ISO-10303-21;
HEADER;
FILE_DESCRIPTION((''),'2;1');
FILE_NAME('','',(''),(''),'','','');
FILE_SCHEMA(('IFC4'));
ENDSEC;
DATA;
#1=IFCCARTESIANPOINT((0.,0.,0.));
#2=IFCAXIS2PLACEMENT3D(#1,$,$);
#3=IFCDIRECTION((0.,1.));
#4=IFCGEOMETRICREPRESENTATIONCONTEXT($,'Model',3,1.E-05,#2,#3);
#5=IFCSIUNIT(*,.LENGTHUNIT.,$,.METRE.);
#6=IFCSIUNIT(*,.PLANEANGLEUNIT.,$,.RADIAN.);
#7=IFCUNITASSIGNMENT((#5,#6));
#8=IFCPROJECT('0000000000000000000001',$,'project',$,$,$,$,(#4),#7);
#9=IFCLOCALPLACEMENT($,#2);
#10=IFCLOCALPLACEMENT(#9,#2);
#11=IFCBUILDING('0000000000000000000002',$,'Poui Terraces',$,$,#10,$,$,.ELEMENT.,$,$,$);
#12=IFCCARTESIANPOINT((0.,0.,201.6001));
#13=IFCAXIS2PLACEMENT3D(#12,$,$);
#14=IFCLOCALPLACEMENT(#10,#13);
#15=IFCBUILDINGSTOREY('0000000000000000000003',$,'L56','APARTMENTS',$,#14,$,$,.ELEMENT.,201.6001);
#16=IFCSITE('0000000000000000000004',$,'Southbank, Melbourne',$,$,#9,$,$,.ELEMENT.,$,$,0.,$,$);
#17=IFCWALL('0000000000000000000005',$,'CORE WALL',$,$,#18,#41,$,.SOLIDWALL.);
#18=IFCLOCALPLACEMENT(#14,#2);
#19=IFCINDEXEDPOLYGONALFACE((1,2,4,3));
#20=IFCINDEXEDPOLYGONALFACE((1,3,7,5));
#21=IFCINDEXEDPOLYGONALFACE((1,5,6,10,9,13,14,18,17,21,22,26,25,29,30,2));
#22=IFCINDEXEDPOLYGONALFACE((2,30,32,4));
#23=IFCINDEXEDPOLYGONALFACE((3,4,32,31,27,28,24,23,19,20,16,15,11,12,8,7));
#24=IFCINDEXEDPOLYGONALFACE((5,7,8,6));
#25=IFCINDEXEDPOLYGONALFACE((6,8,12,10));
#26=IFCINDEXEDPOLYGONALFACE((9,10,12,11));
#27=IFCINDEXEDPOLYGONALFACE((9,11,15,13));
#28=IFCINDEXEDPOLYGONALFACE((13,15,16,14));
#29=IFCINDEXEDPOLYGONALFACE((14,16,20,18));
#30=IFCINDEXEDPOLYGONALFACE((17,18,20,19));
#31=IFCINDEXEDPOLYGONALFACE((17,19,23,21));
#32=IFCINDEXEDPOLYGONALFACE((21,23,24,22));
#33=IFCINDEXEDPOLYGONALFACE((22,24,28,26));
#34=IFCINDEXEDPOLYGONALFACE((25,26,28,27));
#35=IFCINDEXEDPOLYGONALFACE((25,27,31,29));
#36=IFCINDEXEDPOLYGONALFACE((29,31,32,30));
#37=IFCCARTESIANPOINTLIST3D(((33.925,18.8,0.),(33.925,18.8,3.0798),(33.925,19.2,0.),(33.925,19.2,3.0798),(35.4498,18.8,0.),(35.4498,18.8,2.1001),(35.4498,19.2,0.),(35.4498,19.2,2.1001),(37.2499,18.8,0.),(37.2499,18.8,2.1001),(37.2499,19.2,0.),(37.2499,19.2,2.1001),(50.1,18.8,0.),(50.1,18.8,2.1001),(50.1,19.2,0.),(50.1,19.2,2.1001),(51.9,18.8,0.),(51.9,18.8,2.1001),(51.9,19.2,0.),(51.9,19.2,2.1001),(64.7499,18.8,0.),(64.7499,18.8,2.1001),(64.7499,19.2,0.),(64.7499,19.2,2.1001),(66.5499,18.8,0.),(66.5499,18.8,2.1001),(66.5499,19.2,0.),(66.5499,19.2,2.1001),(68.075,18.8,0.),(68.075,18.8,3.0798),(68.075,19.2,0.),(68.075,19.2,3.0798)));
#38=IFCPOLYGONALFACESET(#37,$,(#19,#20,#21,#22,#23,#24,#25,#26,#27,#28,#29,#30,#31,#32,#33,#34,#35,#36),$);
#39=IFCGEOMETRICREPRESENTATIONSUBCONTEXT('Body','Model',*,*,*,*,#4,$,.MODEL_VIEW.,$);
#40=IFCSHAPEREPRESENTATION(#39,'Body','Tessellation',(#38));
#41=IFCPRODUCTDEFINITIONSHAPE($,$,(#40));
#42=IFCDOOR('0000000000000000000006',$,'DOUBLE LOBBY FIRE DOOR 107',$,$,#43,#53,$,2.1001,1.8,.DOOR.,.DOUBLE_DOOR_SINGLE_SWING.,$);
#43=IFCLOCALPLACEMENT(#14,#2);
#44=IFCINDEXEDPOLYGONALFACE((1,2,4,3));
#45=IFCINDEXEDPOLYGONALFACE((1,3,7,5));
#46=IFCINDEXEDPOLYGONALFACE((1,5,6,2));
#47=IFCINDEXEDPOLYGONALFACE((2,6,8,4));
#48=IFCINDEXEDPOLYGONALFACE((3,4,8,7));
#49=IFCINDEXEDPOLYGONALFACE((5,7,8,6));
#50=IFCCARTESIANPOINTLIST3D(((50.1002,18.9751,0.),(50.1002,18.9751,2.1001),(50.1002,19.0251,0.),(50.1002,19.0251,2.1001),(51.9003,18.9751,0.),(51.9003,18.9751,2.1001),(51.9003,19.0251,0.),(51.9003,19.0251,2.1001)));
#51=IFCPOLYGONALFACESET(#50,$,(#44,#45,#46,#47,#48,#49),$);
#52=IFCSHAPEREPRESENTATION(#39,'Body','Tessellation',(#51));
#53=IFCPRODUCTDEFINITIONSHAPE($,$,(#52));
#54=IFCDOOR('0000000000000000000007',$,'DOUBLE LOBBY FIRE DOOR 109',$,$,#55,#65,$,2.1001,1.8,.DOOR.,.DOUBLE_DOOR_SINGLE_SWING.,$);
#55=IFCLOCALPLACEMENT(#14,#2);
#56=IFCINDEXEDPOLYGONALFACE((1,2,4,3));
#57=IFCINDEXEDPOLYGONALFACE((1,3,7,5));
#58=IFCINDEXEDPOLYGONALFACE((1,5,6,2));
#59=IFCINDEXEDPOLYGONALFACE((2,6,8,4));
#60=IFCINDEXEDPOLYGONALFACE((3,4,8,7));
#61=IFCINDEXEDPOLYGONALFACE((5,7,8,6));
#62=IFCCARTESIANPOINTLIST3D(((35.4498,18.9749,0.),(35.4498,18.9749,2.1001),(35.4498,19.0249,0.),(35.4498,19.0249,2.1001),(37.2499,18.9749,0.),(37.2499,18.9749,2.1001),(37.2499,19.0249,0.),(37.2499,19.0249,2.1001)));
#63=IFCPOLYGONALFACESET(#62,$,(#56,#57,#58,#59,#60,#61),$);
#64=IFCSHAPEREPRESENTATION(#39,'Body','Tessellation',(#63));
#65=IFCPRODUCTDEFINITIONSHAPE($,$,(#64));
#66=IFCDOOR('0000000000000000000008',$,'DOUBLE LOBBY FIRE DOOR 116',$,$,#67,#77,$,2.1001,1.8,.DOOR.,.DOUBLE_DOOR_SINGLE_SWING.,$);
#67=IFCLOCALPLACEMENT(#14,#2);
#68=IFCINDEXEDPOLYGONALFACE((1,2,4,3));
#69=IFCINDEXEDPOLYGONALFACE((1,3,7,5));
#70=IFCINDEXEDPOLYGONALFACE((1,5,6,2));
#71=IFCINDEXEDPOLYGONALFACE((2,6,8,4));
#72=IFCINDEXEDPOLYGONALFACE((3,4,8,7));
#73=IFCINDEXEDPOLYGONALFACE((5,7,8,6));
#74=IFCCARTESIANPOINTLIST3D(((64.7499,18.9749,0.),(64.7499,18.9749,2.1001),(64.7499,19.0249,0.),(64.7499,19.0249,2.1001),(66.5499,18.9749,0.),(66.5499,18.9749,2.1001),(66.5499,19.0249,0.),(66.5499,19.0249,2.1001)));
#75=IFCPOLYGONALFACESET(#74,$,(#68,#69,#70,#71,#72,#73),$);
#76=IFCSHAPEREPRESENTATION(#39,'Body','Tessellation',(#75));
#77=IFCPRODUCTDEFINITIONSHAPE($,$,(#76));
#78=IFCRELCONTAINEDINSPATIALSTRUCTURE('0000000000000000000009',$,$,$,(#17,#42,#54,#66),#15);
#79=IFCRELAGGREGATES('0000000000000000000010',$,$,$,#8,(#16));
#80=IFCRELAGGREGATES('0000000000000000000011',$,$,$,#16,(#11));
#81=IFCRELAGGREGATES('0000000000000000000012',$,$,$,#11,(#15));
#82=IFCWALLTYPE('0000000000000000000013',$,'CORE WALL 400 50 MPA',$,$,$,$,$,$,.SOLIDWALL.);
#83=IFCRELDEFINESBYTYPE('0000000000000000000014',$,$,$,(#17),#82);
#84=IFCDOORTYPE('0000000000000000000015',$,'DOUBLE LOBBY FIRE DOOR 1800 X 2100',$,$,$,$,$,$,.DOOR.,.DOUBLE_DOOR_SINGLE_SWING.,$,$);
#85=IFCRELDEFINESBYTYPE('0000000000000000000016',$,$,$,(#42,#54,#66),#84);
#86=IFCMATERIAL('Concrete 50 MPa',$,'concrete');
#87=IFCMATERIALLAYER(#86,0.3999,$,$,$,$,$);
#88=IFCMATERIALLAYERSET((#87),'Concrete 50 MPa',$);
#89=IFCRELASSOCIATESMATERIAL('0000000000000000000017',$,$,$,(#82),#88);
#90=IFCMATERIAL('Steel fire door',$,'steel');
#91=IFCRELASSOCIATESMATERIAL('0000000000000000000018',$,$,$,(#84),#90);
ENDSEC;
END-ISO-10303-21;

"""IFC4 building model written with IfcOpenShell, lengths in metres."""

from ifc_helpers import new_model, si_unit, direction, frame, frame_2d, origin, place, context, subcontext, project, spatial, rectangle, extrude, material, layer, layer_set, type_object, element, fill, save


model = new_model("IFC4")

# Units and contexts
model_context = context("Model", 3, precision=1e-05, world=origin(), true_north=direction((0.0, 1.0)))
body_context = subcontext(model_context, "Body", "Model", "MODEL_VIEW")
ifc_project = project(units=[si_unit("LENGTHUNIT", "METRE"), si_unit("PLANEANGLEUNIT", "RADIAN")], contexts=[model_context])

# Site, building, storey
site_placement = place(None, origin())
site = spatial("IfcSite", under=ifc_project, at=site_placement, Name="Southbank, Melbourne", CompositionType="ELEMENT", RefElevation=0.0)
building_placement = place(site_placement, origin())
building = spatial("IfcBuilding", under=site, at=building_placement, Name="Poui Terraces", CompositionType="ELEMENT")
storey_placement = place(building_placement, frame((0.0, 0.0, 201.6001)))
storey = spatial("IfcBuildingStorey", under=building, at=storey_placement, Name="L56", Description="APARTMENTS", CompositionType="ELEMENT", Elevation=201.6001)

# Wall, openings, doors
ifc_material_1 = material(Name="Concrete 50 MPa", Category="concrete")
ifc_layer_1 = layer(ifc_material_1, 0.3999)
ifc_layer_set_1 = layer_set([ifc_layer_1], Name="Concrete 50 MPa")
wall_type_1 = type_object("IfcWallType", Name="CORE WALL 400 50 MPA", PredefinedType="SOLIDWALL", material=ifc_layer_set_1)
wall_1_placement = place(storey_placement, frame((33.925, 19.0, 0.0), z_axis=(0.0, 0.0, 1.0), x_axis=(1.0, 0.0, 0.0)))
wall_1 = element("IfcWall", 1, at=wall_1_placement, inside=storey, type_object=wall_type_1, Name="CORE WALL", PredefinedType="SOLIDWALL", context=body_context, shape_type="SweptSolid", body=[
    extrude(rectangle(XDim=34.1499, YDim=0.3999, at=frame_2d((17.075, 0.0))), origin(), (0.0, 0.0, 1.0), 3.0798),
])
opening_1_placement = place(wall_1_placement, frame((16.175, 0.0, 0.0)))
opening_1 = element("IfcOpeningElement", 2, at=opening_1_placement, cuts=wall_1, PredefinedType="OPENING", context=body_context, shape_type="SweptSolid", body=[
    extrude(rectangle(XDim=1.8, YDim=2.1001, at=frame_2d((0.8999, 1.05))), frame((0.0, 0.21, 0.0), z_axis=(0.0, -1.0, 0.0), x_axis=(1.0, 0.0, 0.0)), (0.0, 0.0, 1.0), 0.4199),
])
opening_2_placement = place(wall_1_placement, frame((1.5249, 0.0, 0.0)))
opening_2 = element("IfcOpeningElement", 3, at=opening_2_placement, cuts=wall_1, PredefinedType="OPENING", context=body_context, shape_type="SweptSolid", body=[
    extrude(rectangle(XDim=1.8, YDim=2.1001, at=frame_2d((0.8999, 1.05))), frame((0.0, 0.21, 0.0), z_axis=(0.0, -1.0, 0.0), x_axis=(1.0, 0.0, 0.0)), (0.0, 0.0, 1.0), 0.4199),
])
opening_3_placement = place(wall_1_placement, frame((30.825, 0.0, 0.0)))
opening_3 = element("IfcOpeningElement", 4, at=opening_3_placement, cuts=wall_1, PredefinedType="OPENING", context=body_context, shape_type="SweptSolid", body=[
    extrude(rectangle(XDim=1.8, YDim=2.1001, at=frame_2d((0.8999, 1.05))), frame((0.0, 0.21, 0.0), z_axis=(0.0, -1.0, 0.0), x_axis=(1.0, 0.0, 0.0)), (0.0, 0.0, 1.0), 0.4199),
])
ifc_material_2 = material(Name="Steel fire door", Category="steel")
door_type_1 = type_object("IfcDoorType", Name="DOUBLE LOBBY FIRE DOOR 1800 X 2100", OperationType="DOUBLE_DOOR_SINGLE_SWING", PredefinedType="DOOR", material=ifc_material_2)
door_1_placement = place(opening_1_placement, frame((1.8, 0.0, 0.0), z_axis=(0.0, 0.0, 1.0), x_axis=(-1.0, 0.0, 0.0)))
door_1 = element("IfcDoor", 5, at=door_1_placement, inside=storey, type_object=door_type_1, Name="DOUBLE LOBBY FIRE DOOR 107", OperationType="DOUBLE_DOOR_SINGLE_SWING", OverallHeight=2.1001, OverallWidth=1.8, PredefinedType="DOOR", context=body_context, shape_type="SweptSolid", body=[
    extrude(rectangle(XDim=1.8, YDim=2.1001, at=frame_2d((0.8999, 1.05))), frame((0.0, 0.0249, 0.0), z_axis=(0.0, -1.0, 0.0), x_axis=(1.0, 0.0, 0.0)), (0.0, 0.0, 1.0), 0.05),
])
fill(opening_1, door_1)
door_2_placement = place(opening_2_placement, origin())
door_2 = element("IfcDoor", 6, at=door_2_placement, inside=storey, type_object=door_type_1, Name="DOUBLE LOBBY FIRE DOOR 109", OperationType="DOUBLE_DOOR_SINGLE_SWING", OverallHeight=2.1001, OverallWidth=1.8, PredefinedType="DOOR", context=body_context, shape_type="SweptSolid", body=[
    extrude(rectangle(XDim=1.8, YDim=2.1001, at=frame_2d((0.8999, 1.05))), frame((0.0, 0.0249, 0.0), z_axis=(0.0, -1.0, 0.0), x_axis=(1.0, 0.0, 0.0)), (0.0, 0.0, 1.0), 0.05),
])
fill(opening_2, door_2)
door_3_placement = place(opening_3_placement, origin())
door_3 = element("IfcDoor", 7, at=door_3_placement, inside=storey, type_object=door_type_1, Name="DOUBLE LOBBY FIRE DOOR 116", OperationType="DOUBLE_DOOR_SINGLE_SWING", OverallHeight=2.1001, OverallWidth=1.8, PredefinedType="DOOR", context=body_context, shape_type="SweptSolid", body=[
    extrude(rectangle(XDim=1.8, YDim=2.1001, at=frame_2d((0.8999, 1.05))), frame((0.0, 0.0249, 0.0), z_axis=(0.0, -1.0, 0.0), x_axis=(1.0, 0.0, 0.0)), (0.0, 0.0, 1.0), 0.05),
])
fill(opening_3, door_3)

save(model, "model.ifc")
